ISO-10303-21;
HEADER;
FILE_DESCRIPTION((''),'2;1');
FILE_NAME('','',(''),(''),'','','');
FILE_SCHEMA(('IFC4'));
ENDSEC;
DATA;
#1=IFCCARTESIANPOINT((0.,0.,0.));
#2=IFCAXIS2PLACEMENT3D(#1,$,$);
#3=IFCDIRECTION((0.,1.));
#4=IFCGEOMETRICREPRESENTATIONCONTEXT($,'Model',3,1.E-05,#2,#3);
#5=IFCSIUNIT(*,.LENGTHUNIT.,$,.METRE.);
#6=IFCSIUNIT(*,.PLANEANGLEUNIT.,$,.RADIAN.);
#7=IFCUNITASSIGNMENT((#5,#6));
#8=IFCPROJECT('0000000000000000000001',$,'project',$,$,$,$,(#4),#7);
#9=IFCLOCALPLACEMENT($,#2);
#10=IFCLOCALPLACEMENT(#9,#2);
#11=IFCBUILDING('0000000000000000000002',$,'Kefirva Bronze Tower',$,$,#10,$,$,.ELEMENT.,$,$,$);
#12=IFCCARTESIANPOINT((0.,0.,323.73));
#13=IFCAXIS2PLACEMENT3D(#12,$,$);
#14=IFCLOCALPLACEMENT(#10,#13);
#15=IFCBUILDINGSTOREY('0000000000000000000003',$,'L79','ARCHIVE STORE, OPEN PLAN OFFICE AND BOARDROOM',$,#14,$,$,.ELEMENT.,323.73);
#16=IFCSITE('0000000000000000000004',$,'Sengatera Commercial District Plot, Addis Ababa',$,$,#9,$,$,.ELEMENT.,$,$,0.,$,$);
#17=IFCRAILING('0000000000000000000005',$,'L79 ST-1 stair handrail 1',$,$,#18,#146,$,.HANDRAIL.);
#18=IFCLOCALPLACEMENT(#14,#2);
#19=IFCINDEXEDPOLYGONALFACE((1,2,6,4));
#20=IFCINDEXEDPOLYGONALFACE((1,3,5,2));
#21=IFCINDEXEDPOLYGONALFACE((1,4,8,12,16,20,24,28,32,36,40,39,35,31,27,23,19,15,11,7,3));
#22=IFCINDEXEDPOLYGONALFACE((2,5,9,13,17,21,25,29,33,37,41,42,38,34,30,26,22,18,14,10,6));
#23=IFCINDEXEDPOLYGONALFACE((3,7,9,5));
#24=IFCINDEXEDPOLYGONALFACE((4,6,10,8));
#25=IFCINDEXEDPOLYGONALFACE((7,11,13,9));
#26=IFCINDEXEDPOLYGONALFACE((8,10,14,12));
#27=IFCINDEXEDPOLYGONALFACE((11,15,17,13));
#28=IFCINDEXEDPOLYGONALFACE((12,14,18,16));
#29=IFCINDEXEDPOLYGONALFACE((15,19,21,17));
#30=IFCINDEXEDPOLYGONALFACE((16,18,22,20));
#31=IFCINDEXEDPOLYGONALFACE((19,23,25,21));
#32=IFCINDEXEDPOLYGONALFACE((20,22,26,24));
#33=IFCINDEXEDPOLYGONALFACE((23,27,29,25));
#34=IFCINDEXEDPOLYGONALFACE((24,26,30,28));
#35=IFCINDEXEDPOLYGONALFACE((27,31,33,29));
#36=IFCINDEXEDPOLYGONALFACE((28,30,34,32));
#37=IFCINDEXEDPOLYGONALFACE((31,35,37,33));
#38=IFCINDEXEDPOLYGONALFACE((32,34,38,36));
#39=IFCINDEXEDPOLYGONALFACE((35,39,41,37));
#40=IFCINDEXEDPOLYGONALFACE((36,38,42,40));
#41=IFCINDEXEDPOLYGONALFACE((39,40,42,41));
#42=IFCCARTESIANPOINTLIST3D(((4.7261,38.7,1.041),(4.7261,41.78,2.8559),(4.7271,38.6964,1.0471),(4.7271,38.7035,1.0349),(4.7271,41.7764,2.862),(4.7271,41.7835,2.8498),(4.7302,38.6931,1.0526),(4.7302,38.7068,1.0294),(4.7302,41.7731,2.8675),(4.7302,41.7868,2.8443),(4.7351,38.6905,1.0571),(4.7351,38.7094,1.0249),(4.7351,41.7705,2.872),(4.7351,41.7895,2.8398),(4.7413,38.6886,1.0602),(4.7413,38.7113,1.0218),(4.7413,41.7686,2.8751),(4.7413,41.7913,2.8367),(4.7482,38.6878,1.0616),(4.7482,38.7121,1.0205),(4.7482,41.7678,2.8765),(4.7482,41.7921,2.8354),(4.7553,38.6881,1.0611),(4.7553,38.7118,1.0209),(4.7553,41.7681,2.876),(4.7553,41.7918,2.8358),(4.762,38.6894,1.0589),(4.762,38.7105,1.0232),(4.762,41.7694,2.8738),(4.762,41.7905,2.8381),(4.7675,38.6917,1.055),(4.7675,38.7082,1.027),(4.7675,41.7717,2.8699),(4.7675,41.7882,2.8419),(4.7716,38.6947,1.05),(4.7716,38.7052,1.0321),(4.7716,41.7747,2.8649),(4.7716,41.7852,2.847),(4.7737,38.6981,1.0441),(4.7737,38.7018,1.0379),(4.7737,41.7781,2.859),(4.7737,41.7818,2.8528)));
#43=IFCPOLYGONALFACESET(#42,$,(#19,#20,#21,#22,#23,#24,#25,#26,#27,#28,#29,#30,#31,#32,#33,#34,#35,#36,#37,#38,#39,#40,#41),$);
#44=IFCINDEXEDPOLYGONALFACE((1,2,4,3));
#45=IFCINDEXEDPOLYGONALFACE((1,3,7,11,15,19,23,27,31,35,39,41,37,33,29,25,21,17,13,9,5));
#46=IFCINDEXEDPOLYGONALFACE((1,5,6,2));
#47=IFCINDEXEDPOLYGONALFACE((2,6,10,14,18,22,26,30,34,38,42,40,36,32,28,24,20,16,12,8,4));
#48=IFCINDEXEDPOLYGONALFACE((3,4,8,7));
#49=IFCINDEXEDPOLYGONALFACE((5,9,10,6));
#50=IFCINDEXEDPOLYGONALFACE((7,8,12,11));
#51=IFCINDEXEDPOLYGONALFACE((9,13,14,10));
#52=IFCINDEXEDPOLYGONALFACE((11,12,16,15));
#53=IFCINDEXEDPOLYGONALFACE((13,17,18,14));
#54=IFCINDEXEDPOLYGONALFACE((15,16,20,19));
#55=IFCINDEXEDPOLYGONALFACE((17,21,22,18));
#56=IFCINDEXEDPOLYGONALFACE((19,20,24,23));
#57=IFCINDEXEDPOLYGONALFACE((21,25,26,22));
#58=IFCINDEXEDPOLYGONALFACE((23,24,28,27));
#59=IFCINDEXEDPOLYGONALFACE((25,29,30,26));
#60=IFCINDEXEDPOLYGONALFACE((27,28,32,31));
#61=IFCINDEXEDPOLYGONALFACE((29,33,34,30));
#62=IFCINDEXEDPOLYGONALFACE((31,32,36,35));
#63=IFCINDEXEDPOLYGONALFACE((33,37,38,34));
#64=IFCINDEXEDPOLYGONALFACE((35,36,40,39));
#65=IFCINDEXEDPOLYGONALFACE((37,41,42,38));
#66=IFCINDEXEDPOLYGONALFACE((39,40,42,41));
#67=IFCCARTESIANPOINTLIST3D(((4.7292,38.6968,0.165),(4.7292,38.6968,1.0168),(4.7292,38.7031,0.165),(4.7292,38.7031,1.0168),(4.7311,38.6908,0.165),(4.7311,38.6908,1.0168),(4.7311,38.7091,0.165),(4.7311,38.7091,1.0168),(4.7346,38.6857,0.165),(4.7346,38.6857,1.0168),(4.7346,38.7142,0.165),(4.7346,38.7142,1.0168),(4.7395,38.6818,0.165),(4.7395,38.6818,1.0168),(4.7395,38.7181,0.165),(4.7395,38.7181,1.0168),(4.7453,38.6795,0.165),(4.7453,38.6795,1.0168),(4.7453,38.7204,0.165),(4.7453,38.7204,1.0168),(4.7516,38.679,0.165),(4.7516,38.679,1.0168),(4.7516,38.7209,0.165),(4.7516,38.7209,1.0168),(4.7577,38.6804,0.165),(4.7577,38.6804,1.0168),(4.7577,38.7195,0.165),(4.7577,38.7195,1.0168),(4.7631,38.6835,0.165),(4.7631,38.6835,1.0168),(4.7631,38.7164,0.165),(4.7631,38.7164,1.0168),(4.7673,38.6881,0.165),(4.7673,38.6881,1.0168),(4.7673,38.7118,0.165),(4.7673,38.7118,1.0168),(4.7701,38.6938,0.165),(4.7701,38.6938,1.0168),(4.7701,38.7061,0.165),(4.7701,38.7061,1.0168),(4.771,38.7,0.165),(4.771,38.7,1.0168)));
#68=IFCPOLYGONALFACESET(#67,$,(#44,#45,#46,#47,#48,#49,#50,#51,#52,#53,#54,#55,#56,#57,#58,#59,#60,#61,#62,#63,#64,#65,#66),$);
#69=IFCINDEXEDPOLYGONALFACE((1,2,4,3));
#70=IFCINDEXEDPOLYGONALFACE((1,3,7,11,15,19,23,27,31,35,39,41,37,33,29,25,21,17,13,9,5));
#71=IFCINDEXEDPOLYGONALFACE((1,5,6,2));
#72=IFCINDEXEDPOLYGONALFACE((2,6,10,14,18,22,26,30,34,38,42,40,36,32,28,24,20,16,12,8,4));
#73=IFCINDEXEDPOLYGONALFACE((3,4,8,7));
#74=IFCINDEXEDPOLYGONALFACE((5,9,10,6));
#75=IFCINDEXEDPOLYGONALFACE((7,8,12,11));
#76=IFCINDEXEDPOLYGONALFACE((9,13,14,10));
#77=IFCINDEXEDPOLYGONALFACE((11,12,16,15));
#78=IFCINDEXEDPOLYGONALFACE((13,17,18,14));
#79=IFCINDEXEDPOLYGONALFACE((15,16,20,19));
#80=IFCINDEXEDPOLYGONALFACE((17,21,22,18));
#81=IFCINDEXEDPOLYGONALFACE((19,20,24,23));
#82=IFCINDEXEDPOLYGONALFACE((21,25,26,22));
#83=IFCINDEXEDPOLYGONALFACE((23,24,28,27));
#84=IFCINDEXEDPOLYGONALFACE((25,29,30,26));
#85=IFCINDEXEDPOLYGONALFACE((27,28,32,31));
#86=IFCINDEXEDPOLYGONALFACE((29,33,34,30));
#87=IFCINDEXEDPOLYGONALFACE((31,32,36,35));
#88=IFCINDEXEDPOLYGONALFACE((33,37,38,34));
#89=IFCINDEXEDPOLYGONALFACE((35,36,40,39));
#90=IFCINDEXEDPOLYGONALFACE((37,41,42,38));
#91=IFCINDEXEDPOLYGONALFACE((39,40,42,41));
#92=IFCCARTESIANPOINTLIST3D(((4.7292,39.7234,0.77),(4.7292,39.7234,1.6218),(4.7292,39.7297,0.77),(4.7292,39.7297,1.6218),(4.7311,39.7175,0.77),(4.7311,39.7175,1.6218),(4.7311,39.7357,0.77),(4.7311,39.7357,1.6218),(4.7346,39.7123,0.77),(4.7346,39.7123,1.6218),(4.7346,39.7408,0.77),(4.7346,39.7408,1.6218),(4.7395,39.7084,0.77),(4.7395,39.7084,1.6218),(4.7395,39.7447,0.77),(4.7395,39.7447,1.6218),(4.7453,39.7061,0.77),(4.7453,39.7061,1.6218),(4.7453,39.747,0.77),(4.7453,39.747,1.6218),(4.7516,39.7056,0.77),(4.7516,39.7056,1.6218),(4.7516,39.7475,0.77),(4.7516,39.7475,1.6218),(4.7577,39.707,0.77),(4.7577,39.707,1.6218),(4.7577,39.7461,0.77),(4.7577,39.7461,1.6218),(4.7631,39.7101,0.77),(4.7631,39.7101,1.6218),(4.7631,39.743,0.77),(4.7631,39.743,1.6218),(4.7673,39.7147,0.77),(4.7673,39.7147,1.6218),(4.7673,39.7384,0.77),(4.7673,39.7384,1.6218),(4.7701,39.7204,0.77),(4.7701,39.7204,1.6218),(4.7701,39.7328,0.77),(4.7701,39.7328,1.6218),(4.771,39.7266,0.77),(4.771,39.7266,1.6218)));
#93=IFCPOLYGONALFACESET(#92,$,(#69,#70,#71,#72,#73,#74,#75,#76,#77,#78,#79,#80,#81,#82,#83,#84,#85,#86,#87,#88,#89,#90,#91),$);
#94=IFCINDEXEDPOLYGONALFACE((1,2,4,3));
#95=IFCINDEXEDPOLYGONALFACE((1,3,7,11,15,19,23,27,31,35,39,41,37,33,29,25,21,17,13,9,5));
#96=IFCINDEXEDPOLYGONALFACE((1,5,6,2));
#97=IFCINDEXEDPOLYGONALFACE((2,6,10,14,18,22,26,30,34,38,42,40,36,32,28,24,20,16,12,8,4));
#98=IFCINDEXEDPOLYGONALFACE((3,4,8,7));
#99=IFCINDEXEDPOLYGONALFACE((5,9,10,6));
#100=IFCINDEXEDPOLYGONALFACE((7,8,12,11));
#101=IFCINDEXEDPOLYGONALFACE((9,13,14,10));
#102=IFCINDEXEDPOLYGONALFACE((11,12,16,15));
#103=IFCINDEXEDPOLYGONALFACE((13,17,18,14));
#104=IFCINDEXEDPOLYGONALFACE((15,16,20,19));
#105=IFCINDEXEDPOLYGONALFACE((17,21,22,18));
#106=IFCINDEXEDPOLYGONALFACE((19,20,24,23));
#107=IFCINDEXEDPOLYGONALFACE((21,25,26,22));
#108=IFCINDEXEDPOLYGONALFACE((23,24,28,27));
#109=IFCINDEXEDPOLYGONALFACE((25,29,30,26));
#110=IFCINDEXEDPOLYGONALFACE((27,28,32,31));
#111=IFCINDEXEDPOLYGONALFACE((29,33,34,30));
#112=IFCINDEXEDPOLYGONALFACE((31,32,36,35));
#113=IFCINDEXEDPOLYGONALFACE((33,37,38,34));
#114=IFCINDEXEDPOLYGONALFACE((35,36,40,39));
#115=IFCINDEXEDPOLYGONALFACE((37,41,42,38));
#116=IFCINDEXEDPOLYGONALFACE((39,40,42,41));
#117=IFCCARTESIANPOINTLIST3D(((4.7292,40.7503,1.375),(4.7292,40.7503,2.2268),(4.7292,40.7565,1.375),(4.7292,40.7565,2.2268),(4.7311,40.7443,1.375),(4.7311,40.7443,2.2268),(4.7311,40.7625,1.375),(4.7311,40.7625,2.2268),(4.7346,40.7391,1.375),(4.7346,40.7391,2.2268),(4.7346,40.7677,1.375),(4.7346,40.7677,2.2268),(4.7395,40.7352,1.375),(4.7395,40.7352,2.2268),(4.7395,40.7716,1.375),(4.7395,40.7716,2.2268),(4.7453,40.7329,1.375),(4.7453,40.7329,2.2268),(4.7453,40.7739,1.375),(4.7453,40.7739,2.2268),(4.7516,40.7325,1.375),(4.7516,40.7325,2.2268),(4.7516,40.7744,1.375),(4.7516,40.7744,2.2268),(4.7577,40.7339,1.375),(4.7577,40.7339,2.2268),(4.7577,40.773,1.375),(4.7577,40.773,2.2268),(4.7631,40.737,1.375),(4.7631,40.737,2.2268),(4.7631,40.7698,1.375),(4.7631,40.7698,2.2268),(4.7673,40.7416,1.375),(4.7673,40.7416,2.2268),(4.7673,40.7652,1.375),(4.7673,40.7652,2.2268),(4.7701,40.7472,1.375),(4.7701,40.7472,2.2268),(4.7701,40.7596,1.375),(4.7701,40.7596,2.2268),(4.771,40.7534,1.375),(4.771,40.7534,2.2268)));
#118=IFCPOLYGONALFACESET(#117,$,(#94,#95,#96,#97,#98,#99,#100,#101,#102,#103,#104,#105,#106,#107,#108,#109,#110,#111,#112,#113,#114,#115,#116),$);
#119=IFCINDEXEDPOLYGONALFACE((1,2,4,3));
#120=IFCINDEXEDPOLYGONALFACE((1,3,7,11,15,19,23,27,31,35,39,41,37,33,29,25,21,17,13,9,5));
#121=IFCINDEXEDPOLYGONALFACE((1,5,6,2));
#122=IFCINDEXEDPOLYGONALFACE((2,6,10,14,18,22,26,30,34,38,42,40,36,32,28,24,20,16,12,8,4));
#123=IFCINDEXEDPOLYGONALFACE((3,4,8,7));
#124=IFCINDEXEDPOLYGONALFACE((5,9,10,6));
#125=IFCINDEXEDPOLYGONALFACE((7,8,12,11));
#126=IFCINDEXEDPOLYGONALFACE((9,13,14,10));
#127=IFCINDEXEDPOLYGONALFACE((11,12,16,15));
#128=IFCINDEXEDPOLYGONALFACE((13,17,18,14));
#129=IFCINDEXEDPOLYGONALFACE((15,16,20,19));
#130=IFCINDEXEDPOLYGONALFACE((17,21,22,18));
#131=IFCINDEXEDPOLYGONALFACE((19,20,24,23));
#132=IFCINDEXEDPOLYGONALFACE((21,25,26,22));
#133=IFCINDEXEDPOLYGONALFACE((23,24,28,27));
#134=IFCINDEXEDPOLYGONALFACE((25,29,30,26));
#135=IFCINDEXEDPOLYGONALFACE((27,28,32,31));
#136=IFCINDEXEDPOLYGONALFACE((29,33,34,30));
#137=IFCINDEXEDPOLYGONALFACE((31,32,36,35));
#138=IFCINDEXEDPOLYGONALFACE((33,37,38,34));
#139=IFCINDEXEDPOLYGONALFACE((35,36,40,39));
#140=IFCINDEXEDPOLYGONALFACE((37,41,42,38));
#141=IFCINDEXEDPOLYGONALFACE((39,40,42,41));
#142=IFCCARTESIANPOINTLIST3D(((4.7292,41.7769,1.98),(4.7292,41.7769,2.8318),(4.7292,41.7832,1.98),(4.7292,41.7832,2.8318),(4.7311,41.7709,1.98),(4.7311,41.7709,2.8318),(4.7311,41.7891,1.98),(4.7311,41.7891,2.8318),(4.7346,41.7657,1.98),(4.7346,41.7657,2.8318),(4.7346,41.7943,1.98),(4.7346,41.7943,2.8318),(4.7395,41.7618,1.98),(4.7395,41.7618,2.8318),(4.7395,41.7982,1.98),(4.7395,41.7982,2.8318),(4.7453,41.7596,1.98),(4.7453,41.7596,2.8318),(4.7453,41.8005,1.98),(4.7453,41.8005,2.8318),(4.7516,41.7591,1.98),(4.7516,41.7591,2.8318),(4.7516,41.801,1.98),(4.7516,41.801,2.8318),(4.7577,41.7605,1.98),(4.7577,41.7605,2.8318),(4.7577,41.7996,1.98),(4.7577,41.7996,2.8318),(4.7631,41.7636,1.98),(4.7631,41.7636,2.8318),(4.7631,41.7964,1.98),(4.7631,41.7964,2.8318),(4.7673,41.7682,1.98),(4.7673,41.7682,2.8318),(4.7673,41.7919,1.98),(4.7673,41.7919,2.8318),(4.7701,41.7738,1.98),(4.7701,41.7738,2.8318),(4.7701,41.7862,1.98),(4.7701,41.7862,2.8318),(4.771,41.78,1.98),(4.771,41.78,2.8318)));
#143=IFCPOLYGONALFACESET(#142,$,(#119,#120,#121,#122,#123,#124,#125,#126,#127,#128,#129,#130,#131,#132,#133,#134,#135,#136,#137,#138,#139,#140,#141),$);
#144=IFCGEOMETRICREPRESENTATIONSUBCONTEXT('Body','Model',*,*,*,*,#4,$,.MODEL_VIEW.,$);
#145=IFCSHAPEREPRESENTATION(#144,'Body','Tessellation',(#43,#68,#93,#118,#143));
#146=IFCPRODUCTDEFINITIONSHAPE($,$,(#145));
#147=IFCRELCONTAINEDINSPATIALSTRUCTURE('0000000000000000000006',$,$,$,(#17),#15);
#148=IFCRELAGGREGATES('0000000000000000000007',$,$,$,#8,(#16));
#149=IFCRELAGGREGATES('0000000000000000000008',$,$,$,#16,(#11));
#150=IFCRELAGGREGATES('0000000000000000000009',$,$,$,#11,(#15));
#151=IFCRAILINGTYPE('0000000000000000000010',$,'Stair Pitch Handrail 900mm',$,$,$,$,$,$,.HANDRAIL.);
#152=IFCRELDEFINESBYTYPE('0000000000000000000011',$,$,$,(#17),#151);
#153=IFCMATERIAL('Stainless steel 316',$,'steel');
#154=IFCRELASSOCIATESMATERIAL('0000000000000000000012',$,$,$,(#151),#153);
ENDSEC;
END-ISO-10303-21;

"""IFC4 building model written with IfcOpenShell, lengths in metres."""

from ifc_helpers import new_model, si_unit, direction, frame, origin, origin_2d, place, context, subcontext, project, spatial, circle, extrude, material, type_object, element, save


model = new_model("IFC4")

# Units and contexts
model_context = context("Model", 3, precision=1e-05, world=origin(), true_north=direction((0.0, 1.0)))
body_context = subcontext(model_context, "Body", "Model", "MODEL_VIEW")
ifc_project = project(units=[si_unit("LENGTHUNIT", "METRE"), si_unit("PLANEANGLEUNIT", "RADIAN")], contexts=[model_context])

# Site, building, storey
site_placement = place(None, origin())
site = spatial("IfcSite", under=ifc_project, at=site_placement, Name="Sengatera Commercial District Plot, Addis Ababa", CompositionType="ELEMENT", RefElevation=0.0)
building_placement = place(site_placement, origin())
building = spatial("IfcBuilding", under=site, at=building_placement, Name="Kefirva Bronze Tower", CompositionType="ELEMENT")
storey_placement = place(building_placement, frame((0.0, 0.0, 323.73)))
storey = spatial("IfcBuildingStorey", under=building, at=storey_placement, Name="L79", Description="ARCHIVE STORE, OPEN PLAN OFFICE AND BOARDROOM", CompositionType="ELEMENT", Elevation=323.73)

# Railing
ifc_material_1 = material(Name="Stainless steel 316", Category="steel")
railing_type_1 = type_object("IfcRailingType", Name="Stair Pitch Handrail 900mm", PredefinedType="HANDRAIL", material=ifc_material_1)
railing_1_placement = place(storey_placement, frame((4.75, 38.7, 0.165)))
element("IfcRailing", 1, at=railing_1_placement, inside=storey, type_object=railing_type_1, Name="L79 ST-1 stair handrail 1", PredefinedType="HANDRAIL", context=body_context, shape_type="SweptSolid", body=[
    extrude(circle(Radius=0.0239, at=origin_2d()), frame((0.0, 0.0, 0.876), z_axis=(0.0, 0.861551, 0.507671), x_axis=(-1.0, 0.0, 0.0)), (0.0, 0.0, 1.0), 3.575),
    extrude(circle(Radius=0.021, at=origin_2d()), origin(), (0.0, 0.0, 1.0), 0.8518),
    extrude(circle(Radius=0.021, at=origin_2d()), frame((0.0, 1.0266, 0.605)), (0.0, 0.0, 1.0), 0.8518),
    extrude(circle(Radius=0.021, at=origin_2d()), frame((0.0, 2.0535, 1.21)), (0.0, 0.0, 1.0), 0.8518),
    extrude(circle(Radius=0.021, at=origin_2d()), frame((0.0, 3.0801, 1.8149)), (0.0, 0.0, 1.0), 0.8518),
])

save(model, "model.ifc")
